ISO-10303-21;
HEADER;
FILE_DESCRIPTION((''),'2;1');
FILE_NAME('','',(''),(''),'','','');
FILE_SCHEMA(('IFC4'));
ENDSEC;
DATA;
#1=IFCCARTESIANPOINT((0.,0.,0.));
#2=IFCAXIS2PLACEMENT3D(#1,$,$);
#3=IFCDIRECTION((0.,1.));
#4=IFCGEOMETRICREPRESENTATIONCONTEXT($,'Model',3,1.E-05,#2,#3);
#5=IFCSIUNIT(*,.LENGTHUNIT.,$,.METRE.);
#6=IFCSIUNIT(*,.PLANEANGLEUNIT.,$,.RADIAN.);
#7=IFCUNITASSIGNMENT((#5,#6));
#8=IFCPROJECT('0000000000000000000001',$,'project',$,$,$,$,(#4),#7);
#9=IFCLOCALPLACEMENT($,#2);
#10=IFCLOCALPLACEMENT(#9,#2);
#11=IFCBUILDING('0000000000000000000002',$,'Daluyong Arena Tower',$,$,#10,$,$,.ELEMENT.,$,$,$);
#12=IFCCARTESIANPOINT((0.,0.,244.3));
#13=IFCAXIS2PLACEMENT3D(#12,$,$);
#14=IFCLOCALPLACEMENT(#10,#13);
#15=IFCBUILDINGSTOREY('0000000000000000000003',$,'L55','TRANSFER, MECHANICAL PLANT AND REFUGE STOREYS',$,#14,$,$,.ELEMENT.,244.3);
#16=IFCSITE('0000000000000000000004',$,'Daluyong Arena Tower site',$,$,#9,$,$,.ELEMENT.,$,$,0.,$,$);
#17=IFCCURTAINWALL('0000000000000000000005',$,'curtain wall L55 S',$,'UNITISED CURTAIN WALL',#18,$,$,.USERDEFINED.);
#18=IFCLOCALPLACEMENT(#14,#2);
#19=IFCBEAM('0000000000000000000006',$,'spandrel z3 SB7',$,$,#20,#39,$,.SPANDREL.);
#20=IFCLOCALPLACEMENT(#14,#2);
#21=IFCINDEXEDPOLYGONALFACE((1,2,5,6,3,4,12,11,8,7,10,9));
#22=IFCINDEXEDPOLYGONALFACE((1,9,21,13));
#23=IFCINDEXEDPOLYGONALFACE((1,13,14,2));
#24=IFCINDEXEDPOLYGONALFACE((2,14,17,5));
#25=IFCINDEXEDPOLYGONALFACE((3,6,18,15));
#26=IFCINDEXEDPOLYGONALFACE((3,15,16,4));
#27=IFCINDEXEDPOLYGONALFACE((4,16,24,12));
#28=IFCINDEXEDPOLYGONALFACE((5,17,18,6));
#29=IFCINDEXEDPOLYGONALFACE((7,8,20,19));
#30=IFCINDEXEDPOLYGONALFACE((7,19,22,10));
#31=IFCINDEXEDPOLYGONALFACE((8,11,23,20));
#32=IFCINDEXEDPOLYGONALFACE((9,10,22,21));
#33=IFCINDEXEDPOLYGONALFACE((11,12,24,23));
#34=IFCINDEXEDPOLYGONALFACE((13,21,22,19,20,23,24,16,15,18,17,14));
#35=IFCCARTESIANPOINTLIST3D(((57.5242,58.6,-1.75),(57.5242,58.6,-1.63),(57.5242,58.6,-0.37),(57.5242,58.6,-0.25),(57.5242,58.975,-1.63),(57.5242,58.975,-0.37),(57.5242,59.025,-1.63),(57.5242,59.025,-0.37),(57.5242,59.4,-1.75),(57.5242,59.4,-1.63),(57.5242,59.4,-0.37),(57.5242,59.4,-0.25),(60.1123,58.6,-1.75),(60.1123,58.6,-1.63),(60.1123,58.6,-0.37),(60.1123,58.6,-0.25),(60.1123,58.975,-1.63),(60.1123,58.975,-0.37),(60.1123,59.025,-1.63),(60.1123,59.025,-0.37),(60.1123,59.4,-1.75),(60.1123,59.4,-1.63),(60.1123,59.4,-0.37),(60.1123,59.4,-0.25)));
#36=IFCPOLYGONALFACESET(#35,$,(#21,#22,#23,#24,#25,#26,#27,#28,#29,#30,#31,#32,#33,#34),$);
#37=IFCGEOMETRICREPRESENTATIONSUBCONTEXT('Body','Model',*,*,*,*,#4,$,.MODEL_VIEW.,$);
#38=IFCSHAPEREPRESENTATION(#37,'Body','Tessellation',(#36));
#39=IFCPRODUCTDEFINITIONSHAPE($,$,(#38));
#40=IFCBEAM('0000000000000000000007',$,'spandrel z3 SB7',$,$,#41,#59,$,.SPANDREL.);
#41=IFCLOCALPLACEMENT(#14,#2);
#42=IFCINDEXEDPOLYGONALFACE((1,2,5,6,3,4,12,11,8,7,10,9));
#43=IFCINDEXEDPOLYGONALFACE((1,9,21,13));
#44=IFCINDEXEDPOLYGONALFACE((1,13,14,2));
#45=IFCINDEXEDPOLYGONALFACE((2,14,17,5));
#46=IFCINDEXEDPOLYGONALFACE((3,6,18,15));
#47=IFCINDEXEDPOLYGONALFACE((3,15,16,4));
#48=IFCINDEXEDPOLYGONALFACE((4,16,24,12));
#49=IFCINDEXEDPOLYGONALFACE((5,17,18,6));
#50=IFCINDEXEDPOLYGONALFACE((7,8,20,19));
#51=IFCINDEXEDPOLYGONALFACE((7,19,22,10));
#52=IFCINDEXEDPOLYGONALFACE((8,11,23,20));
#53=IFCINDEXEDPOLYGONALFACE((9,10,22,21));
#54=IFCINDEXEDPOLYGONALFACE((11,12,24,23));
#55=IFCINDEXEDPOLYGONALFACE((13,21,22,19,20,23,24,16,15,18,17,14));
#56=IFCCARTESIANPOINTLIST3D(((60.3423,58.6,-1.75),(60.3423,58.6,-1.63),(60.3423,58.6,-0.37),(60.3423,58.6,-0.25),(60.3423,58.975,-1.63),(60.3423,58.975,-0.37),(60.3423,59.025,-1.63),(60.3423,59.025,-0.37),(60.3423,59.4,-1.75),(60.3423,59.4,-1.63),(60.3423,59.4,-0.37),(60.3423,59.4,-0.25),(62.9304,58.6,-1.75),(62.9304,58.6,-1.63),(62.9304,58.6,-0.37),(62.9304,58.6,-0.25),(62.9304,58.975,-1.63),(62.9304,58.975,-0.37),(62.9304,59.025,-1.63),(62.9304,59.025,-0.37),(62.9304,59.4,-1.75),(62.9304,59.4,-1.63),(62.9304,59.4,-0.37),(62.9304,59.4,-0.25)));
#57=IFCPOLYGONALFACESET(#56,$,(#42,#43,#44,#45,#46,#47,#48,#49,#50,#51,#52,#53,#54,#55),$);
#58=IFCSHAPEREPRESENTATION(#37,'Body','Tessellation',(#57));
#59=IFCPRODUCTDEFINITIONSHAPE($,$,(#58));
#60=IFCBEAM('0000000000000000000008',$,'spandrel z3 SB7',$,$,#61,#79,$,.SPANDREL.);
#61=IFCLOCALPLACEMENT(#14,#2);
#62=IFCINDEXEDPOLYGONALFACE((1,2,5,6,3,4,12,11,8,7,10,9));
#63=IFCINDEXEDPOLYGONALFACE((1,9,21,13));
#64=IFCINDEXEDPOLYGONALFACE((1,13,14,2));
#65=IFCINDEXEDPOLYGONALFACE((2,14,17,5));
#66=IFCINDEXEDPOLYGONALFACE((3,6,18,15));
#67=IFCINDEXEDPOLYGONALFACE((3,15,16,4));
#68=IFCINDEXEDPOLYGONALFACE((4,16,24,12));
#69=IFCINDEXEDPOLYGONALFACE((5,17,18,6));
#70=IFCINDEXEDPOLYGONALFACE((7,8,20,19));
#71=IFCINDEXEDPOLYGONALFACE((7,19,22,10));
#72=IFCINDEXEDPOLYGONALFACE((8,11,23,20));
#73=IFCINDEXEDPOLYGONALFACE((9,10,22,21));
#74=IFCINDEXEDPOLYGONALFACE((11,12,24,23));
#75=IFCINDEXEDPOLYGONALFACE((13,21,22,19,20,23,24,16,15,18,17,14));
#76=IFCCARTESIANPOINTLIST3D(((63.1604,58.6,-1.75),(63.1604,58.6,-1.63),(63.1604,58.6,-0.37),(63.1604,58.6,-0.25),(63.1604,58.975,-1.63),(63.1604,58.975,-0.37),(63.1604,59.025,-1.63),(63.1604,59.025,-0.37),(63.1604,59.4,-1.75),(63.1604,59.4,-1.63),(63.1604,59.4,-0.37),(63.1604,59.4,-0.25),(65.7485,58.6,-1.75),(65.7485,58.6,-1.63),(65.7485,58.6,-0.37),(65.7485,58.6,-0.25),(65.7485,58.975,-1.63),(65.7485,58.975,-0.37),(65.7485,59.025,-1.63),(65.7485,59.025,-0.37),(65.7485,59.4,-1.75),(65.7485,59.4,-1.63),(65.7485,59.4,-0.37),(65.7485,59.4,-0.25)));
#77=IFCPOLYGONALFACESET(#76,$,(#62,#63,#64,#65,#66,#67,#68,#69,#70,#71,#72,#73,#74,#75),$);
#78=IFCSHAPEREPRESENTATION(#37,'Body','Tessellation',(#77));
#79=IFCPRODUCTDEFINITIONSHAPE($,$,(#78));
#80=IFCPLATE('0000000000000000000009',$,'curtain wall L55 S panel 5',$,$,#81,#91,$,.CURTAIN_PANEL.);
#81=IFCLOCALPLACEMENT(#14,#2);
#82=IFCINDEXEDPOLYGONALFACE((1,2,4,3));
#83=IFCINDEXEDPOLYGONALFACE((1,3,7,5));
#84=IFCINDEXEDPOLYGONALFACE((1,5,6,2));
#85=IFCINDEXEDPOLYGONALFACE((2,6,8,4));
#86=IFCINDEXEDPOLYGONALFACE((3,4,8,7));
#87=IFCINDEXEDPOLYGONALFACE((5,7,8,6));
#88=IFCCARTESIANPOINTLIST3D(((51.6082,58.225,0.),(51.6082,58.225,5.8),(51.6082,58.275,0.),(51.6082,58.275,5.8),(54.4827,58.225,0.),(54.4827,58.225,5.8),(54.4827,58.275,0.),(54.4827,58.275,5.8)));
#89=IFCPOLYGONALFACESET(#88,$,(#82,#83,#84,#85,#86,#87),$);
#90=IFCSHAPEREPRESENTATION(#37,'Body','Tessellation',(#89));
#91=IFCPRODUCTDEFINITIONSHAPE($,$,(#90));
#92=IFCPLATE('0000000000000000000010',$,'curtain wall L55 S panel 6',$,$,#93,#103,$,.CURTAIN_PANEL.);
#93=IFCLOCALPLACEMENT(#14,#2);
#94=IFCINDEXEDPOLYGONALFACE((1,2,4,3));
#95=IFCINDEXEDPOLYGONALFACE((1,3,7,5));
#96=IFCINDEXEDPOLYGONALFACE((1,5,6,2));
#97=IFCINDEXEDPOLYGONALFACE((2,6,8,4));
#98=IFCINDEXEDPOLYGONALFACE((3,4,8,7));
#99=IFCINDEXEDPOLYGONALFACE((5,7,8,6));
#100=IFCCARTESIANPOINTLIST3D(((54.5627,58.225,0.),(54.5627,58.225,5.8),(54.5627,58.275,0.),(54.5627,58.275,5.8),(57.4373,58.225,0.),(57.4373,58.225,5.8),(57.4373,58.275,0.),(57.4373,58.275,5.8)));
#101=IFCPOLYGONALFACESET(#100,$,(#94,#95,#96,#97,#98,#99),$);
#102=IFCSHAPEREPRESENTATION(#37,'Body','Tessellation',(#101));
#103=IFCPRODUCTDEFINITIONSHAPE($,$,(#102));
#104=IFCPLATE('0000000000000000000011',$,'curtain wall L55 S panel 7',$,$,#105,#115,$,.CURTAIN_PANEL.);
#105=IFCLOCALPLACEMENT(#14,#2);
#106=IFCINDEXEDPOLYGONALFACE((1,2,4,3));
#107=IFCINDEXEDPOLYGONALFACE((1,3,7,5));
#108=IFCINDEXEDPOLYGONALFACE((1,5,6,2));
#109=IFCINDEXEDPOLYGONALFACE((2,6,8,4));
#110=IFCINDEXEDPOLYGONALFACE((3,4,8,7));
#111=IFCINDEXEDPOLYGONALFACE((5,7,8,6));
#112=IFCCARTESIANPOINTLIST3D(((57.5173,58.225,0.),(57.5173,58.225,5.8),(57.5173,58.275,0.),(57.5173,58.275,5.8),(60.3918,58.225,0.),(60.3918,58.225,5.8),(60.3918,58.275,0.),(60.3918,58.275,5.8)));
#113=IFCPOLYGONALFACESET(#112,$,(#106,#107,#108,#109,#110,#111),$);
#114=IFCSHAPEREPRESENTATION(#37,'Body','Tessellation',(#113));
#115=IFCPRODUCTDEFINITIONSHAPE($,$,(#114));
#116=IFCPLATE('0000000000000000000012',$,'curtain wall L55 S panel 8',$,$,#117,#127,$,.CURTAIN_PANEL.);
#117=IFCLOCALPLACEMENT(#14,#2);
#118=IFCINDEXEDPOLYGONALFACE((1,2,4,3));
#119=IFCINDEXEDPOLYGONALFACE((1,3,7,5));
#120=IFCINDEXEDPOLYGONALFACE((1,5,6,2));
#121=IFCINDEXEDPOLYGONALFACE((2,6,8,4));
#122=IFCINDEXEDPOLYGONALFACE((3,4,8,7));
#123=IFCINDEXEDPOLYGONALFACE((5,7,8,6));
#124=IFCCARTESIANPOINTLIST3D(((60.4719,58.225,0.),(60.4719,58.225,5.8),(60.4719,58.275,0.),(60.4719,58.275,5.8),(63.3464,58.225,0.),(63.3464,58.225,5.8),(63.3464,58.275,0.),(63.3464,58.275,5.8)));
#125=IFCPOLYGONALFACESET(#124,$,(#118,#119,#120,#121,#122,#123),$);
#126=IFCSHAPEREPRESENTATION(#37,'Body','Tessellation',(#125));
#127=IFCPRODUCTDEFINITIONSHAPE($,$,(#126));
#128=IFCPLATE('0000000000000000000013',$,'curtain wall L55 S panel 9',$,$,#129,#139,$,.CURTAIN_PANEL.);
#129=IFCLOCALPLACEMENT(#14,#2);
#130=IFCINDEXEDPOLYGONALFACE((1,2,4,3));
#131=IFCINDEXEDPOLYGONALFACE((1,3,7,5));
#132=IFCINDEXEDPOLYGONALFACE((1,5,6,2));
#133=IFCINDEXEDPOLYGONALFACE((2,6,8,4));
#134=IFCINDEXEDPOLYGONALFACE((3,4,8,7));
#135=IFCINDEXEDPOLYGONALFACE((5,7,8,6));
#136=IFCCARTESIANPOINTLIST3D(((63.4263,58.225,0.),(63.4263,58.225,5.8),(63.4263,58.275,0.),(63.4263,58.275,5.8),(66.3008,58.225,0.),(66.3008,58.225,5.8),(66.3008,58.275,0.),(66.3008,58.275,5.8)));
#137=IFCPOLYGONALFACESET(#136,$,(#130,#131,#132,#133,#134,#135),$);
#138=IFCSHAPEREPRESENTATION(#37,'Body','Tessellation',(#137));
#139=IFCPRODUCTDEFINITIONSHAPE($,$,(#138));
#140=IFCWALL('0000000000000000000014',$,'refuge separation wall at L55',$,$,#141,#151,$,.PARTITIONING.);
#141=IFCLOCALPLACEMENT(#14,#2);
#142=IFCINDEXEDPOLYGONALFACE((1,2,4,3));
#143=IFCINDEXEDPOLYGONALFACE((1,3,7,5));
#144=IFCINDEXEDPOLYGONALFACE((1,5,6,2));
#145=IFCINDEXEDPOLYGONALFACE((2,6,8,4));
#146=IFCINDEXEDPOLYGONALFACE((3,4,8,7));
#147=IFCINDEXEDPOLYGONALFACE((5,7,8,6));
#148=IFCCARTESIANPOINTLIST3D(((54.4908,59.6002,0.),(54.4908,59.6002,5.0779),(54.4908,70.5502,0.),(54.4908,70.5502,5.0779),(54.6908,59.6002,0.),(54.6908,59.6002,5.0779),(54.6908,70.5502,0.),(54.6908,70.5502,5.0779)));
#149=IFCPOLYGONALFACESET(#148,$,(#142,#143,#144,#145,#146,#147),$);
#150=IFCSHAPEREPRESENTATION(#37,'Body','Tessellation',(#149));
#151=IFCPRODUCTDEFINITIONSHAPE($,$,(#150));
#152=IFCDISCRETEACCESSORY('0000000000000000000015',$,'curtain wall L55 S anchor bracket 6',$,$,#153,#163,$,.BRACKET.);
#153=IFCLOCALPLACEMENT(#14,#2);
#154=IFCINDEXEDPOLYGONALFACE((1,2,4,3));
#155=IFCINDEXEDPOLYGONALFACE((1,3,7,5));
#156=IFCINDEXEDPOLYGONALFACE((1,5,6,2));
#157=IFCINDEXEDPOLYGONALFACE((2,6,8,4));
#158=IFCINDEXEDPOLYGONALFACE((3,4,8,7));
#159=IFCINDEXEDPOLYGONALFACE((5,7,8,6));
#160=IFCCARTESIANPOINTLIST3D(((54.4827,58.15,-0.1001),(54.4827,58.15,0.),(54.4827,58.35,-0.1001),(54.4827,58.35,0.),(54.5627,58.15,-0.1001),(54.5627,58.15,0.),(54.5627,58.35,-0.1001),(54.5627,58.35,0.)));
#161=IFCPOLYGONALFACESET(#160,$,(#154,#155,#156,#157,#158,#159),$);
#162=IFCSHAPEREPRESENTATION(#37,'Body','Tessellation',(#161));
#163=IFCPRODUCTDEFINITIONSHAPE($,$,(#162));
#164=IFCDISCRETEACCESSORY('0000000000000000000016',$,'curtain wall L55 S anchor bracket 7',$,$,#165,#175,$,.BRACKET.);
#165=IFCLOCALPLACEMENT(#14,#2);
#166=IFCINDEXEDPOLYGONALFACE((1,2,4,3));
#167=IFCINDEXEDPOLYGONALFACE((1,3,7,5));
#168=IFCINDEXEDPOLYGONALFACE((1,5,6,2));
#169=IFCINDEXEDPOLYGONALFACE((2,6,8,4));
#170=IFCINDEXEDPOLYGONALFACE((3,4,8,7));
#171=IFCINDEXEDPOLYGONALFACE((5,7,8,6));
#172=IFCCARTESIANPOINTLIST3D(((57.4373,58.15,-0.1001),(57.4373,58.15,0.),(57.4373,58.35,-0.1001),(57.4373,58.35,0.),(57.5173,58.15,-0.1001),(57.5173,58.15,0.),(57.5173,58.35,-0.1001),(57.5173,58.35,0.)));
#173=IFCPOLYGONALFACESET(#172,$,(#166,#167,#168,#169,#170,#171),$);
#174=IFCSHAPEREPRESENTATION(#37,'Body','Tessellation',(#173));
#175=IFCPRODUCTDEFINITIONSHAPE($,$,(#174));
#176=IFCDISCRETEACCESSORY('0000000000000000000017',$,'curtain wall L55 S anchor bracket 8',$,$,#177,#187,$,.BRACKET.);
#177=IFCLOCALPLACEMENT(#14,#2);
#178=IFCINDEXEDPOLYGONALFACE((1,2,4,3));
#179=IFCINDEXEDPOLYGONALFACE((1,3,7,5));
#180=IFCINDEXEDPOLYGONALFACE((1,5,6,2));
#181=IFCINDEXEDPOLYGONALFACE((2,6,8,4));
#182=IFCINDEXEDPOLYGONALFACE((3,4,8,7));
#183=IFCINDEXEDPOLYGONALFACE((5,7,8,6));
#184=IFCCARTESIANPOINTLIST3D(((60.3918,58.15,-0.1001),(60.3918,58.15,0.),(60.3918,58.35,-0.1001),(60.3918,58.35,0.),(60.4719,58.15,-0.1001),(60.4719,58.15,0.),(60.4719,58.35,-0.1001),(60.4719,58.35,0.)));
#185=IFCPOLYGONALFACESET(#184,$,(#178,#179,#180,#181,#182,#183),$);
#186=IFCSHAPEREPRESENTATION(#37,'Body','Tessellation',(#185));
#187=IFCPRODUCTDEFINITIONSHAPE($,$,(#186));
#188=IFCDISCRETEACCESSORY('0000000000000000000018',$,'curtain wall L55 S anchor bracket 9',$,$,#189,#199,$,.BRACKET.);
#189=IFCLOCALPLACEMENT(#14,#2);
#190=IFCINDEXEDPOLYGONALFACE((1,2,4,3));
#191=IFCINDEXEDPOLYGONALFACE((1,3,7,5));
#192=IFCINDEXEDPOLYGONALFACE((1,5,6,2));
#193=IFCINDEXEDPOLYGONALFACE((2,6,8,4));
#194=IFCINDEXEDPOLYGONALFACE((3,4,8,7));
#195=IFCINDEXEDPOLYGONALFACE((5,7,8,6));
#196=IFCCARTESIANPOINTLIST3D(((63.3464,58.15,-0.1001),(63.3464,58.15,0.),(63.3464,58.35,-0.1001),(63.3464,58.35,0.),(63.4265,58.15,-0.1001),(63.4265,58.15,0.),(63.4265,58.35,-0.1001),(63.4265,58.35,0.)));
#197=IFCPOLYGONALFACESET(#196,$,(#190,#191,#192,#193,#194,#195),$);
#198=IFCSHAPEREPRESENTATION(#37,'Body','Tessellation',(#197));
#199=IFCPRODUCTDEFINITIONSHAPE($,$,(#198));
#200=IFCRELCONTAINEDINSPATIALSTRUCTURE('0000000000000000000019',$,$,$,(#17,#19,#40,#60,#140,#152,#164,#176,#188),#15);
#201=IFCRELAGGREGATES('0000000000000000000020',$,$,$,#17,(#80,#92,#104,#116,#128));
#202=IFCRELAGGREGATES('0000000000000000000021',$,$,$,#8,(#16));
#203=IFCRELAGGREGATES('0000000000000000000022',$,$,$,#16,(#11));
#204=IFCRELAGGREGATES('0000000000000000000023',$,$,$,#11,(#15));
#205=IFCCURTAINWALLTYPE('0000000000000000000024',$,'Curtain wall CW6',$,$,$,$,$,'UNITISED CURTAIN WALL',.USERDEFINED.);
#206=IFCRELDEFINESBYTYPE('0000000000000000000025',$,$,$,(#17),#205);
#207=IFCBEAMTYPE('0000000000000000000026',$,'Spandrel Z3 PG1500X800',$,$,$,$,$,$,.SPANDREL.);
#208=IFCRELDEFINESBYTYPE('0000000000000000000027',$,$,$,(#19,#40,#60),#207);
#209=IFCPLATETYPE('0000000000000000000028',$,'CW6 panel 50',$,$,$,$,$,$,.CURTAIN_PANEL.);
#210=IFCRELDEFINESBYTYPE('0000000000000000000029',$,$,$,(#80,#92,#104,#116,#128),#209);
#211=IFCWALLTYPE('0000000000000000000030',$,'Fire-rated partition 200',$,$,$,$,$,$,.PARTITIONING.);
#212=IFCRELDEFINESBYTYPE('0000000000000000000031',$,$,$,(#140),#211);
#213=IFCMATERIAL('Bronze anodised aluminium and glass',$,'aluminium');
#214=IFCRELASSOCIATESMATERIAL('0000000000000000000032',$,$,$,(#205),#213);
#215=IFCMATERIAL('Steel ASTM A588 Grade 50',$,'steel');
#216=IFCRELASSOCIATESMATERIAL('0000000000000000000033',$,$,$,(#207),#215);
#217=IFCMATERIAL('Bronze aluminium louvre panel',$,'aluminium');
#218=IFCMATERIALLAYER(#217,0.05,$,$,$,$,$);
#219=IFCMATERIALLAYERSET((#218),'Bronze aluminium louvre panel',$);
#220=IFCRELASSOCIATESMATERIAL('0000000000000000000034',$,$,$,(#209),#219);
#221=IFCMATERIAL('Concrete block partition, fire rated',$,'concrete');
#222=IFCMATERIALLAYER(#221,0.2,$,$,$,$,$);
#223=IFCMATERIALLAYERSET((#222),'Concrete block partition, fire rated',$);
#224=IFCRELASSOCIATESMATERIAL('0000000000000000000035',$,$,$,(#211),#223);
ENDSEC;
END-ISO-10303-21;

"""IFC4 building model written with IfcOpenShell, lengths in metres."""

from ifc_helpers import new_model, si_unit, direction, frame, frame_2d, origin, origin_2d, place, context, subcontext, project, spatial, rectangle, i_section, extrude, material, layer, layer_set, material_profile, profile_set, type_object, element, aggregate, save


model = new_model("IFC4")

# Units and contexts
model_context = context("Model", 3, precision=1e-05, world=origin(), true_north=direction((0.0, 1.0)))
body_context = subcontext(model_context, "Body", "Model", "MODEL_VIEW")
ifc_project = project(units=[si_unit("LENGTHUNIT", "METRE"), si_unit("PLANEANGLEUNIT", "RADIAN")], contexts=[model_context])

# Site, building, storey
site_placement = place(None, origin())
site = spatial("IfcSite", under=ifc_project, at=site_placement, Name="Daluyong Arena Tower site", CompositionType="ELEMENT", RefElevation=0.0)
building_placement = place(site_placement, origin())
building = spatial("IfcBuilding", under=site, at=building_placement, Name="Daluyong Arena Tower", CompositionType="ELEMENT")
storey_placement = place(building_placement, frame((0.0, 0.0, 244.3)))
storey = spatial("IfcBuildingStorey", under=building, at=storey_placement, Name="L55", Description="TRANSFER, MECHANICAL PLANT AND REFUGE STOREYS", CompositionType="ELEMENT", Elevation=244.3)

# Curtain wall
ifc_material_1 = material(Name="Bronze anodised aluminium and glass", Category="aluminium")
curtain_wall_type = type_object("IfcCurtainWallType", Name="Curtain wall CW6", ElementType="UNITISED CURTAIN WALL", PredefinedType="USERDEFINED", material=ifc_material_1)
curtain_wall_placement = place(storey_placement, origin())
curtain_wall = element("IfcCurtainWall", 1, at=curtain_wall_placement, inside=storey, type_object=curtain_wall_type, Name="curtain wall L55 S", ObjectType="UNITISED CURTAIN WALL", PredefinedType="USERDEFINED")

# Beams
ifc_material_2 = material(Name="Steel ASTM A588 Grade 50", Category="steel")
ifc_material_profile_1 = material_profile(ifc_material_2, i_section(OverallWidth=0.8, OverallDepth=1.5, WebThickness=0.05, FlangeThickness=0.12, at=origin_2d()))
ifc_profile_set_1 = profile_set([ifc_material_profile_1], Name="Steel ASTM A588 Grade 50")
beam_type_1 = type_object("IfcBeamType", Name="Spandrel Z3 PG1500X800", PredefinedType="SPANDREL", material=ifc_profile_set_1)
for number, where, z_axis, x_axis, name in (
    (2, (57.5242, 59.0, -1.0), (1.0, 0.0, 0.0), (0.0, 1.0, 0.0), "spandrel z3 SB7"),
    (3, (60.3423, 59.0, -1.0), (1.0, 0.0, 0.0), (0.0, 1.0, 0.0), "spandrel z3 SB7"),
    (4, (63.1604, 59.0, -1.0), (1.0, 0.0, 0.0), (0.0, 1.0, 0.0), "spandrel z3 SB7"),
):
    element("IfcBeam", number, at=place(storey_placement, frame(where, z_axis=z_axis, x_axis=x_axis)), inside=storey, type_object=beam_type_1, Name=name, PredefinedType="SPANDREL", context=body_context, shape_type="SweptSolid", body=[
        extrude(i_section(OverallWidth=0.8, OverallDepth=1.5, WebThickness=0.05, FlangeThickness=0.12, at=origin_2d()), origin(), (0.0, 0.0, 1.0), 2.5881),
    ])

# Plates
ifc_material_3 = material(Name="Bronze aluminium louvre panel", Category="aluminium")
ifc_layer_1 = layer(ifc_material_3, 0.05)
ifc_layer_set_1 = layer_set([ifc_layer_1], Name="Bronze aluminium louvre panel")
plate_type = type_object("IfcPlateType", Name="CW6 panel 50", PredefinedType="CURTAIN_PANEL", material=ifc_layer_set_1)
plate_1_placement = place(storey_placement, frame((53.0454, 58.25, 0.0), z_axis=(0.0, 0.0, 1.0), x_axis=(1.0, 0.0, 0.0)))
plate_1 = element("IfcPlate", 5, at=plate_1_placement, type_object=plate_type, Name="curtain wall L55 S panel 5", PredefinedType="CURTAIN_PANEL", context=body_context, shape_type="SweptSolid", body=[
    extrude(rectangle(XDim=2.8745, YDim=0.05, at=origin_2d()), origin(), (0.0, 0.0, 1.0), 5.8),
])
plate_2_placement = place(storey_placement, frame((56.0, 58.25, 0.0), z_axis=(0.0, 0.0, 1.0), x_axis=(1.0, 0.0, 0.0)))
plate_2 = element("IfcPlate", 6, at=plate_2_placement, type_object=plate_type, Name="curtain wall L55 S panel 6", PredefinedType="CURTAIN_PANEL", context=body_context, shape_type="SweptSolid", body=[
    extrude(rectangle(XDim=2.8745, YDim=0.05, at=origin_2d()), origin(), (0.0, 0.0, 1.0), 5.8),
])
plate_3_placement = place(storey_placement, frame((58.9546, 58.25, 0.0), z_axis=(0.0, 0.0, 1.0), x_axis=(1.0, 0.0, 0.0)))
plate_3 = element("IfcPlate", 7, at=plate_3_placement, type_object=plate_type, Name="curtain wall L55 S panel 7", PredefinedType="CURTAIN_PANEL", context=body_context, shape_type="SweptSolid", body=[
    extrude(rectangle(XDim=2.8745, YDim=0.05, at=origin_2d()), origin(), (0.0, 0.0, 1.0), 5.8),
])
plate_4_placement = place(storey_placement, frame((61.9092, 58.25, 0.0), z_axis=(0.0, 0.0, 1.0), x_axis=(1.0, 0.0, 0.0)))
plate_4 = element("IfcPlate", 8, at=plate_4_placement, type_object=plate_type, Name="curtain wall L55 S panel 8", PredefinedType="CURTAIN_PANEL", context=body_context, shape_type="SweptSolid", body=[
    extrude(rectangle(XDim=2.8745, YDim=0.05, at=origin_2d()), origin(), (0.0, 0.0, 1.0), 5.8),
])
plate_5_placement = place(storey_placement, frame((64.8635, 58.25, 0.0), z_axis=(0.0, 0.0, 1.0), x_axis=(1.0, 0.0, 0.0)))
plate_5 = element("IfcPlate", 9, at=plate_5_placement, type_object=plate_type, Name="curtain wall L55 S panel 9", PredefinedType="CURTAIN_PANEL", context=body_context, shape_type="SweptSolid", body=[
    extrude(rectangle(XDim=2.8745, YDim=0.05, at=origin_2d()), origin(), (0.0, 0.0, 1.0), 5.8),
])
aggregate(curtain_wall, [plate_1, plate_2, plate_3, plate_4, plate_5])

# Wall
ifc_material_4 = material(Name="Concrete block partition, fire rated", Category="concrete")
ifc_layer_2 = layer(ifc_material_4, 0.2)
ifc_layer_set_2 = layer_set([ifc_layer_2], Name="Concrete block partition, fire rated")
wall_type = type_object("IfcWallType", Name="Fire-rated partition 200", PredefinedType="PARTITIONING", material=ifc_layer_set_2)
wall_placement = place(storey_placement, frame((54.5908, 59.6001, 0.0), z_axis=(0.0, 0.0, 1.0), x_axis=(0.0, 1.0, 0.0)))
element("IfcWall", 10, at=wall_placement, inside=storey, type_object=wall_type, Name="refuge separation wall at L55", PredefinedType="PARTITIONING", context=body_context, shape_type="SweptSolid", body=[
    extrude(rectangle(XDim=10.95, YDim=0.2, at=frame_2d((5.4751, 0.0))), origin(), (0.0, 0.0, 1.0), 5.0779),
])

# Discrete accessories
for number, where, z_axis, x_axis, name in (
    (11, (54.5227, 58.25, -0.1001), (0.0, 0.0, 1.0), (1.0, 0.0, 0.0), "curtain wall L55 S anchor bracket 6"),
    (12, (57.4773, 58.25, -0.1001), (0.0, 0.0, 1.0), (1.0, 0.0, 0.0), "curtain wall L55 S anchor bracket 7"),
    (13, (60.4319, 58.25, -0.1001), (0.0, 0.0, 1.0), (1.0, 0.0, 0.0), "curtain wall L55 S anchor bracket 8"),
    (14, (63.3865, 58.25, -0.1001), (0.0, 0.0, 1.0), (1.0, 0.0, 0.0), "curtain wall L55 S anchor bracket 9"),
):
    element("IfcDiscreteAccessory", number, at=place(storey_placement, frame(where, z_axis=z_axis, x_axis=x_axis)), inside=storey, Name=name, PredefinedType="BRACKET", context=body_context, shape_type="SweptSolid", body=[
        extrude(rectangle(XDim=0.0801, YDim=0.2, at=origin_2d()), origin(), (0.0, 0.0, 1.0), 0.1001),
    ])

save(model, "model.ifc")
